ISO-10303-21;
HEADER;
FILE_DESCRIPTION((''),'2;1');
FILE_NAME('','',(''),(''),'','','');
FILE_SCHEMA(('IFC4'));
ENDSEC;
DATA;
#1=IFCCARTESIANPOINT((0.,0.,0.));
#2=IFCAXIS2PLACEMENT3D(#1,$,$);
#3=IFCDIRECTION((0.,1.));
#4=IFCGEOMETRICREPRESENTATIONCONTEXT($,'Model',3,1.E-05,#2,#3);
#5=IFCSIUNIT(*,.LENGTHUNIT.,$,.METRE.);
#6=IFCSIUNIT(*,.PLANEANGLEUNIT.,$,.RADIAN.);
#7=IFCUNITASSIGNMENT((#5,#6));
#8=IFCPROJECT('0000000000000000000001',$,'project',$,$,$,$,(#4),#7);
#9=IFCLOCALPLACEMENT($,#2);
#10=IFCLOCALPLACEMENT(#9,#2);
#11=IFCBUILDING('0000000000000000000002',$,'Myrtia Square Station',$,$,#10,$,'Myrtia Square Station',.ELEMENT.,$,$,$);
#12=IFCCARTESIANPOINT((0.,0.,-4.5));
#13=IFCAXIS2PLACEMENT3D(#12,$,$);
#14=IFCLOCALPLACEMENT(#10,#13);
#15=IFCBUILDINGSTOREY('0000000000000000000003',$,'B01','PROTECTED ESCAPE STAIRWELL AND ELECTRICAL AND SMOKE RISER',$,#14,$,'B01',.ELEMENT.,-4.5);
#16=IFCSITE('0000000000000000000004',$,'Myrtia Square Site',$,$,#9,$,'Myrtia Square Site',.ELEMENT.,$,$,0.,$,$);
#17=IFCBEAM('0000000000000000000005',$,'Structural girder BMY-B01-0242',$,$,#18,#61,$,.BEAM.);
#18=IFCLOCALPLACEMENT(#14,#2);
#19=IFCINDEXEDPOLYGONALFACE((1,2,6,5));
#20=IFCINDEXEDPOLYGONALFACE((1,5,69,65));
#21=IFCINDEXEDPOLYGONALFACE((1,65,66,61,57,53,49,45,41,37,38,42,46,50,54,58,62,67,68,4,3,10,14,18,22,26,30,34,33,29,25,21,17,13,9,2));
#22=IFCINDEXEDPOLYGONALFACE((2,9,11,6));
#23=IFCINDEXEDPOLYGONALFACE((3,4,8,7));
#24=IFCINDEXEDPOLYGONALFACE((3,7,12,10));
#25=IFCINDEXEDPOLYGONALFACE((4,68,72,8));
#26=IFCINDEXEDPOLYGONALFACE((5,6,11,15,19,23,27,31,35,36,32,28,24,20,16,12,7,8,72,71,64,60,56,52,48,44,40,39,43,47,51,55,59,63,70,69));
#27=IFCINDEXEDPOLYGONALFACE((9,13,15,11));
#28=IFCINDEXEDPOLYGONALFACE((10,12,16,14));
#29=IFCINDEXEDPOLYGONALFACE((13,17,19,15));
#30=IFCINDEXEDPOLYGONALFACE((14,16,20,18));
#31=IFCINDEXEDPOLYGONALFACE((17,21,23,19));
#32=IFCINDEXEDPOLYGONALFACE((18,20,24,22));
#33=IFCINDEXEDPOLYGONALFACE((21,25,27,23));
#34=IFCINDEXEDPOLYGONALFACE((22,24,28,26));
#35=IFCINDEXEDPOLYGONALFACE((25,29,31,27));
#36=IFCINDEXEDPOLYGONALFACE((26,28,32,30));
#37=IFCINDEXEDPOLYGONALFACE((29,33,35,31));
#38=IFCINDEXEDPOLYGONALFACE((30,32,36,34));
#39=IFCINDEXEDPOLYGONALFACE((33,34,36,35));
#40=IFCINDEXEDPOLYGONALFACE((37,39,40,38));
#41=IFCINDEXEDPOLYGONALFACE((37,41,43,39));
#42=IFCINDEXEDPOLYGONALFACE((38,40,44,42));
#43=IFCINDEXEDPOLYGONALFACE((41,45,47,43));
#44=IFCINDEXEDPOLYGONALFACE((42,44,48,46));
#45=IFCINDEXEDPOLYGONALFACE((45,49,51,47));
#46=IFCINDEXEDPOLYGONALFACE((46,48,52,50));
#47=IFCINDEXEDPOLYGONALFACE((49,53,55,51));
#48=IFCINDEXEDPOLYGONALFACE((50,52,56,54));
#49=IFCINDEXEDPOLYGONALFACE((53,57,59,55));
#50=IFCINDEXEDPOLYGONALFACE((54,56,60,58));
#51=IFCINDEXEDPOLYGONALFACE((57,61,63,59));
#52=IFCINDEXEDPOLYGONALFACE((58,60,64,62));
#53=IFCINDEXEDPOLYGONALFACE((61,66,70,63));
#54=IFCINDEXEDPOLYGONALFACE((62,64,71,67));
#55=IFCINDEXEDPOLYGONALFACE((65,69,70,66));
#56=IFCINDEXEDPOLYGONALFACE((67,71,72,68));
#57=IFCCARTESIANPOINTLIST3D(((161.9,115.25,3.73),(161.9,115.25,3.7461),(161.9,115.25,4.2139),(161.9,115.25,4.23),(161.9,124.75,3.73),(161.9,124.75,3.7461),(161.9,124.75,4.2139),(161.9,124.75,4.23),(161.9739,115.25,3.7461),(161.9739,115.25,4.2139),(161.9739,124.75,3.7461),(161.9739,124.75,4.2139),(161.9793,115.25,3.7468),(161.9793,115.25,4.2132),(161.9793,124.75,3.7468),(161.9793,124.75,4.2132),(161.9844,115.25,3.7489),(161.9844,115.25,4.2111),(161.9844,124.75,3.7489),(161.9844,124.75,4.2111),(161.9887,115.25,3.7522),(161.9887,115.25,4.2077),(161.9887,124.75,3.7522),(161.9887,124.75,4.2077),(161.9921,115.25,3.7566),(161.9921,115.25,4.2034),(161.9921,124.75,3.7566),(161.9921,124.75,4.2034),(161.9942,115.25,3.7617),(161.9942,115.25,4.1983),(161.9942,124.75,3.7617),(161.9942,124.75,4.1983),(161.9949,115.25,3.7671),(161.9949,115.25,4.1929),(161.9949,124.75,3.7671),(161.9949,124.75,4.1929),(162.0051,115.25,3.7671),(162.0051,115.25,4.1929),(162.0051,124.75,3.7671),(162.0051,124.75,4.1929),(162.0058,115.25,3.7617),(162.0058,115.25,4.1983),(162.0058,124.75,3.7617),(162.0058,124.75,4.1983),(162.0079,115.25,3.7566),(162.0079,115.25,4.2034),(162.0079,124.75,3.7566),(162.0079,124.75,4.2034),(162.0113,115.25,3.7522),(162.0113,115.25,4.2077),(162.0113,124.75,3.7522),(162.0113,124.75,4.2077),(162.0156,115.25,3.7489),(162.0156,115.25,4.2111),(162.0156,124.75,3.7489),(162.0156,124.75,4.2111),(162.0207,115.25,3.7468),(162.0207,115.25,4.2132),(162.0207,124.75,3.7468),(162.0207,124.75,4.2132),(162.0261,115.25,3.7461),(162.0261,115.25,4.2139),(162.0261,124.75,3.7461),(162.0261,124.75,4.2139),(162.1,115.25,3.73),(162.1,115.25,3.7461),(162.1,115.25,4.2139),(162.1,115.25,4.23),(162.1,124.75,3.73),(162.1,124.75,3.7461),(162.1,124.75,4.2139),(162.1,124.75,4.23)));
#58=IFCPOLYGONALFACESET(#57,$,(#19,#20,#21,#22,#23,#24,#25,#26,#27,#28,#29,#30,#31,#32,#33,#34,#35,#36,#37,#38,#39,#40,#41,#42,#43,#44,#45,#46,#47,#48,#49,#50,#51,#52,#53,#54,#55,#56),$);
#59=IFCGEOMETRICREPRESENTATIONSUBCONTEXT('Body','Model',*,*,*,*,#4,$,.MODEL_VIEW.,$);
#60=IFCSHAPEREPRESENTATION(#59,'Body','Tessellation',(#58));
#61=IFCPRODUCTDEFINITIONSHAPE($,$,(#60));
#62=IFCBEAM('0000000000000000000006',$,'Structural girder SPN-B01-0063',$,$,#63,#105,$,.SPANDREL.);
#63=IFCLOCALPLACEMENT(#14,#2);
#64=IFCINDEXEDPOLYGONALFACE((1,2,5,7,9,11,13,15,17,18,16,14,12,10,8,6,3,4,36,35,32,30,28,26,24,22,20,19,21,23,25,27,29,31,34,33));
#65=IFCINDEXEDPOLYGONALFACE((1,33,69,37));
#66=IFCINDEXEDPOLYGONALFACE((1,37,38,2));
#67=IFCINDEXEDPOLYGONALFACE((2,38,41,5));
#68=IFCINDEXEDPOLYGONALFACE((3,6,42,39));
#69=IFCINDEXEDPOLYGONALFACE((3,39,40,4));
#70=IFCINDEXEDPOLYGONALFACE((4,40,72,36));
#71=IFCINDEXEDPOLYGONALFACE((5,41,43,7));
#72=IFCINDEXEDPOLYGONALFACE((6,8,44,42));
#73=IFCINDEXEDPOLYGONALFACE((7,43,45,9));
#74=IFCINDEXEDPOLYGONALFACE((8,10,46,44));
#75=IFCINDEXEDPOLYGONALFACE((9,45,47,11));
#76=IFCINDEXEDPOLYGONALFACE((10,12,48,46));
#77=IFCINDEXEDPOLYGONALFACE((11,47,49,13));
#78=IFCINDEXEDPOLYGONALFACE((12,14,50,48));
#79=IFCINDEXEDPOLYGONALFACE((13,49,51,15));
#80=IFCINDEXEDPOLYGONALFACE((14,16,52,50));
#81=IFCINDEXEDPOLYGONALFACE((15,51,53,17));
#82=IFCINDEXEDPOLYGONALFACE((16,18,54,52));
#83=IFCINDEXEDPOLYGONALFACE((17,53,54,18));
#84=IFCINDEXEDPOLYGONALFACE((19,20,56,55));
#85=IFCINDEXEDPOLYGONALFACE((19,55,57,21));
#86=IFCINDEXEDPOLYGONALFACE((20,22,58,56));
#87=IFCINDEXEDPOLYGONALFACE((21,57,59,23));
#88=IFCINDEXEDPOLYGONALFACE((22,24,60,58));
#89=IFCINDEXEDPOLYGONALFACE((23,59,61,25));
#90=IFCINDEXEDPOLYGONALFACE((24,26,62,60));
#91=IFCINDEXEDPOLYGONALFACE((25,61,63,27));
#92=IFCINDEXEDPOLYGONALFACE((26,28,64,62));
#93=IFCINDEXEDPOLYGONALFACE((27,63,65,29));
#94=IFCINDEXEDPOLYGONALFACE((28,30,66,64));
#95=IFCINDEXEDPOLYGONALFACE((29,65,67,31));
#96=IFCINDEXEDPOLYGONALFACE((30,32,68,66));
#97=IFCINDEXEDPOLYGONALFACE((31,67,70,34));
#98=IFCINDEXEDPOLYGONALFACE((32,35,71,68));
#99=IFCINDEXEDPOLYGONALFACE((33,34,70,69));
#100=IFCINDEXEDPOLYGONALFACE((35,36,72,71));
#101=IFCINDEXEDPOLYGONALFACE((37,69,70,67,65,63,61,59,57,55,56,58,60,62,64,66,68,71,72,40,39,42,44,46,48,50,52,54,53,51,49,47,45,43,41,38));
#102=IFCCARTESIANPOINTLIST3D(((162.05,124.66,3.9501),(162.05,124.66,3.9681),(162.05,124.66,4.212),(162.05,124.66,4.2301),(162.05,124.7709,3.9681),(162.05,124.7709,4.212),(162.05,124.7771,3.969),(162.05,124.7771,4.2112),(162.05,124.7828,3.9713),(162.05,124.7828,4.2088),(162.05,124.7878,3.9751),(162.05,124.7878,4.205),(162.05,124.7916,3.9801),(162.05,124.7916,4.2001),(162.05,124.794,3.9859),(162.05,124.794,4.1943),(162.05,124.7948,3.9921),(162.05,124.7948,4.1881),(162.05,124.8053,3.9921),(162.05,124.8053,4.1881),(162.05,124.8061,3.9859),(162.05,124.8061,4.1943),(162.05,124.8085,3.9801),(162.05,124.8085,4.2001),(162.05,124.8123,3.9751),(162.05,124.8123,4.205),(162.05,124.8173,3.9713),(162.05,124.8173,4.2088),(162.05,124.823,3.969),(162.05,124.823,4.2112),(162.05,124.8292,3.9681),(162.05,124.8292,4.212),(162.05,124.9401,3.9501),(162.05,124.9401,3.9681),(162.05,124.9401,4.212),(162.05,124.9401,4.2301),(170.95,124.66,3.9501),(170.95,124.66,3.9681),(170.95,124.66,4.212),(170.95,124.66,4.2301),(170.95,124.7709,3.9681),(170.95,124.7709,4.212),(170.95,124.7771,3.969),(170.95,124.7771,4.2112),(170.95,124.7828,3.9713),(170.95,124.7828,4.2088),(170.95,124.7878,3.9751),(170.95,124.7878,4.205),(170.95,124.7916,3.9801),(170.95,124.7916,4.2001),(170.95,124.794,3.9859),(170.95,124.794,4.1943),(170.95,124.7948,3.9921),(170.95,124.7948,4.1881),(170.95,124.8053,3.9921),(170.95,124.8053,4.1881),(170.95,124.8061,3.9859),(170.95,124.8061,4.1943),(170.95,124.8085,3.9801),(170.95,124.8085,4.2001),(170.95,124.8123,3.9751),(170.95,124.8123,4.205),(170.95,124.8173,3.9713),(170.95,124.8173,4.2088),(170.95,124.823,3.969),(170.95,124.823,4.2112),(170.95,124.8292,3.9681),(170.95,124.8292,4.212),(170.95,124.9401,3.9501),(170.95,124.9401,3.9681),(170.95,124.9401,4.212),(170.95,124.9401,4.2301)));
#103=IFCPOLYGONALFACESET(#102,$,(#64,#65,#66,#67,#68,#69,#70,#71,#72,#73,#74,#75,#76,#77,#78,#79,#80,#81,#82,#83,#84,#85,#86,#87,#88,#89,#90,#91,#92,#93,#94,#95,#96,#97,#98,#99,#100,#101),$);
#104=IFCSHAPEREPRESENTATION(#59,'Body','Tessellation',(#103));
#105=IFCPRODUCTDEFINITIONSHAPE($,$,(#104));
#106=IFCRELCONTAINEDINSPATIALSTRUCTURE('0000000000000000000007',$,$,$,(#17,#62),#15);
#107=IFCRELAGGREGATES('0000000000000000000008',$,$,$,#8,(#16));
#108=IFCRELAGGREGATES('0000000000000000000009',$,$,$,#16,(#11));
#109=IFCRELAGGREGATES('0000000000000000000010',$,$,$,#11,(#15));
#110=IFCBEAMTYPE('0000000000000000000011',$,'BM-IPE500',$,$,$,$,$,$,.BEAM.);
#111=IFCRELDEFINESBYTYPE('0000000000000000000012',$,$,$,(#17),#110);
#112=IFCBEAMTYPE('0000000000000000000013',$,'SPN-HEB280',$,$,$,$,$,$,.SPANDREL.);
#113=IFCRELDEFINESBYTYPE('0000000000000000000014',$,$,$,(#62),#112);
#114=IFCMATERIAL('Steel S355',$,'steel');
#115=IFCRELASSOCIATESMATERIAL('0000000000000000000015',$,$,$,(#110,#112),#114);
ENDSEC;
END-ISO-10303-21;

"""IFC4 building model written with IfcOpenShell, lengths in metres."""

from ifc_helpers import new_model, si_unit, direction, frame, origin, origin_2d, place, context, subcontext, project, spatial, i_section, extrude, material, material_profile, profile_set, type_object, element, save


model = new_model("IFC4")

# Units and contexts
model_context = context("Model", 3, precision=1e-05, world=origin(), true_north=direction((0.0, 1.0)))
body_context = subcontext(model_context, "Body", "Model", "MODEL_VIEW")
ifc_project = project(units=[si_unit("LENGTHUNIT", "METRE"), si_unit("PLANEANGLEUNIT", "RADIAN")], contexts=[model_context])

# Site, building, storey
site_placement = place(None, origin())
site = spatial("IfcSite", under=ifc_project, at=site_placement, Name="Myrtia Square Site", LongName="Myrtia Square Site", CompositionType="ELEMENT", RefElevation=0.0)
building_placement = place(site_placement, origin())
building = spatial("IfcBuilding", under=site, at=building_placement, Name="Myrtia Square Station", LongName="Myrtia Square Station", CompositionType="ELEMENT")
storey_placement = place(building_placement, frame((0.0, 0.0, -4.5)))
storey = spatial("IfcBuildingStorey", under=building, at=storey_placement, Name="B01", Description="PROTECTED ESCAPE STAIRWELL AND ELECTRICAL AND SMOKE RISER", LongName="B01", CompositionType="ELEMENT", Elevation=-4.5)

# Shared definitions
ifc_material_1 = material(Name="Steel S355", Category="steel")

# Beams
ifc_material_profile_1 = material_profile(ifc_material_1, i_section(OverallWidth=0.2, OverallDepth=0.5, WebThickness=0.0103, FlangeThickness=0.0161, FilletRadius=0.021, at=origin_2d()), Name="IPE 500")
ifc_profile_set_1 = profile_set([ifc_material_profile_1], Name="Steel S355")
beam_type_1 = type_object("IfcBeamType", Name="BM-IPE500", PredefinedType="BEAM", material=ifc_profile_set_1)
beam_1_placement = place(storey_placement, frame((162.0, 115.25, 3.98), z_axis=(0.0, 1.0, 0.0), x_axis=(-1.0, 0.0, 0.0)))
element("IfcBeam", 1, at=beam_1_placement, inside=storey, type_object=beam_type_1, Name="Structural girder BMY-B01-0242", PredefinedType="BEAM", context=body_context, shape_type="SweptSolid", body=[
    extrude(i_section(OverallWidth=0.2, OverallDepth=0.5, WebThickness=0.0103, FlangeThickness=0.0161, FilletRadius=0.021, at=origin_2d()), origin(), (0.0, 0.0, 1.0), 9.5),
])
ifc_material_profile_2 = material_profile(ifc_material_1, i_section(OverallWidth=0.28, OverallDepth=0.28, WebThickness=0.0105, FlangeThickness=0.0181, FilletRadius=0.0239, at=origin_2d()), Name="HEB 280")
ifc_profile_set_2 = profile_set([ifc_material_profile_2], Name="Steel S355")
beam_type_2 = type_object("IfcBeamType", Name="SPN-HEB280", PredefinedType="SPANDREL", material=ifc_profile_set_2)
beam_2_placement = place(storey_placement, frame((162.05, 124.8, 4.0901), z_axis=(1.0, 0.0, 0.0), x_axis=(0.0, 1.0, 0.0)))
element("IfcBeam", 2, at=beam_2_placement, inside=storey, type_object=beam_type_2, Name="Structural girder SPN-B01-0063", PredefinedType="SPANDREL", context=body_context, shape_type="SweptSolid", body=[
    extrude(i_section(OverallWidth=0.28, OverallDepth=0.28, WebThickness=0.0105, FlangeThickness=0.0181, FilletRadius=0.0239, at=origin_2d()), origin(), (0.0, 0.0, 1.0), 8.8999),
])

save(model, "model.ifc")
